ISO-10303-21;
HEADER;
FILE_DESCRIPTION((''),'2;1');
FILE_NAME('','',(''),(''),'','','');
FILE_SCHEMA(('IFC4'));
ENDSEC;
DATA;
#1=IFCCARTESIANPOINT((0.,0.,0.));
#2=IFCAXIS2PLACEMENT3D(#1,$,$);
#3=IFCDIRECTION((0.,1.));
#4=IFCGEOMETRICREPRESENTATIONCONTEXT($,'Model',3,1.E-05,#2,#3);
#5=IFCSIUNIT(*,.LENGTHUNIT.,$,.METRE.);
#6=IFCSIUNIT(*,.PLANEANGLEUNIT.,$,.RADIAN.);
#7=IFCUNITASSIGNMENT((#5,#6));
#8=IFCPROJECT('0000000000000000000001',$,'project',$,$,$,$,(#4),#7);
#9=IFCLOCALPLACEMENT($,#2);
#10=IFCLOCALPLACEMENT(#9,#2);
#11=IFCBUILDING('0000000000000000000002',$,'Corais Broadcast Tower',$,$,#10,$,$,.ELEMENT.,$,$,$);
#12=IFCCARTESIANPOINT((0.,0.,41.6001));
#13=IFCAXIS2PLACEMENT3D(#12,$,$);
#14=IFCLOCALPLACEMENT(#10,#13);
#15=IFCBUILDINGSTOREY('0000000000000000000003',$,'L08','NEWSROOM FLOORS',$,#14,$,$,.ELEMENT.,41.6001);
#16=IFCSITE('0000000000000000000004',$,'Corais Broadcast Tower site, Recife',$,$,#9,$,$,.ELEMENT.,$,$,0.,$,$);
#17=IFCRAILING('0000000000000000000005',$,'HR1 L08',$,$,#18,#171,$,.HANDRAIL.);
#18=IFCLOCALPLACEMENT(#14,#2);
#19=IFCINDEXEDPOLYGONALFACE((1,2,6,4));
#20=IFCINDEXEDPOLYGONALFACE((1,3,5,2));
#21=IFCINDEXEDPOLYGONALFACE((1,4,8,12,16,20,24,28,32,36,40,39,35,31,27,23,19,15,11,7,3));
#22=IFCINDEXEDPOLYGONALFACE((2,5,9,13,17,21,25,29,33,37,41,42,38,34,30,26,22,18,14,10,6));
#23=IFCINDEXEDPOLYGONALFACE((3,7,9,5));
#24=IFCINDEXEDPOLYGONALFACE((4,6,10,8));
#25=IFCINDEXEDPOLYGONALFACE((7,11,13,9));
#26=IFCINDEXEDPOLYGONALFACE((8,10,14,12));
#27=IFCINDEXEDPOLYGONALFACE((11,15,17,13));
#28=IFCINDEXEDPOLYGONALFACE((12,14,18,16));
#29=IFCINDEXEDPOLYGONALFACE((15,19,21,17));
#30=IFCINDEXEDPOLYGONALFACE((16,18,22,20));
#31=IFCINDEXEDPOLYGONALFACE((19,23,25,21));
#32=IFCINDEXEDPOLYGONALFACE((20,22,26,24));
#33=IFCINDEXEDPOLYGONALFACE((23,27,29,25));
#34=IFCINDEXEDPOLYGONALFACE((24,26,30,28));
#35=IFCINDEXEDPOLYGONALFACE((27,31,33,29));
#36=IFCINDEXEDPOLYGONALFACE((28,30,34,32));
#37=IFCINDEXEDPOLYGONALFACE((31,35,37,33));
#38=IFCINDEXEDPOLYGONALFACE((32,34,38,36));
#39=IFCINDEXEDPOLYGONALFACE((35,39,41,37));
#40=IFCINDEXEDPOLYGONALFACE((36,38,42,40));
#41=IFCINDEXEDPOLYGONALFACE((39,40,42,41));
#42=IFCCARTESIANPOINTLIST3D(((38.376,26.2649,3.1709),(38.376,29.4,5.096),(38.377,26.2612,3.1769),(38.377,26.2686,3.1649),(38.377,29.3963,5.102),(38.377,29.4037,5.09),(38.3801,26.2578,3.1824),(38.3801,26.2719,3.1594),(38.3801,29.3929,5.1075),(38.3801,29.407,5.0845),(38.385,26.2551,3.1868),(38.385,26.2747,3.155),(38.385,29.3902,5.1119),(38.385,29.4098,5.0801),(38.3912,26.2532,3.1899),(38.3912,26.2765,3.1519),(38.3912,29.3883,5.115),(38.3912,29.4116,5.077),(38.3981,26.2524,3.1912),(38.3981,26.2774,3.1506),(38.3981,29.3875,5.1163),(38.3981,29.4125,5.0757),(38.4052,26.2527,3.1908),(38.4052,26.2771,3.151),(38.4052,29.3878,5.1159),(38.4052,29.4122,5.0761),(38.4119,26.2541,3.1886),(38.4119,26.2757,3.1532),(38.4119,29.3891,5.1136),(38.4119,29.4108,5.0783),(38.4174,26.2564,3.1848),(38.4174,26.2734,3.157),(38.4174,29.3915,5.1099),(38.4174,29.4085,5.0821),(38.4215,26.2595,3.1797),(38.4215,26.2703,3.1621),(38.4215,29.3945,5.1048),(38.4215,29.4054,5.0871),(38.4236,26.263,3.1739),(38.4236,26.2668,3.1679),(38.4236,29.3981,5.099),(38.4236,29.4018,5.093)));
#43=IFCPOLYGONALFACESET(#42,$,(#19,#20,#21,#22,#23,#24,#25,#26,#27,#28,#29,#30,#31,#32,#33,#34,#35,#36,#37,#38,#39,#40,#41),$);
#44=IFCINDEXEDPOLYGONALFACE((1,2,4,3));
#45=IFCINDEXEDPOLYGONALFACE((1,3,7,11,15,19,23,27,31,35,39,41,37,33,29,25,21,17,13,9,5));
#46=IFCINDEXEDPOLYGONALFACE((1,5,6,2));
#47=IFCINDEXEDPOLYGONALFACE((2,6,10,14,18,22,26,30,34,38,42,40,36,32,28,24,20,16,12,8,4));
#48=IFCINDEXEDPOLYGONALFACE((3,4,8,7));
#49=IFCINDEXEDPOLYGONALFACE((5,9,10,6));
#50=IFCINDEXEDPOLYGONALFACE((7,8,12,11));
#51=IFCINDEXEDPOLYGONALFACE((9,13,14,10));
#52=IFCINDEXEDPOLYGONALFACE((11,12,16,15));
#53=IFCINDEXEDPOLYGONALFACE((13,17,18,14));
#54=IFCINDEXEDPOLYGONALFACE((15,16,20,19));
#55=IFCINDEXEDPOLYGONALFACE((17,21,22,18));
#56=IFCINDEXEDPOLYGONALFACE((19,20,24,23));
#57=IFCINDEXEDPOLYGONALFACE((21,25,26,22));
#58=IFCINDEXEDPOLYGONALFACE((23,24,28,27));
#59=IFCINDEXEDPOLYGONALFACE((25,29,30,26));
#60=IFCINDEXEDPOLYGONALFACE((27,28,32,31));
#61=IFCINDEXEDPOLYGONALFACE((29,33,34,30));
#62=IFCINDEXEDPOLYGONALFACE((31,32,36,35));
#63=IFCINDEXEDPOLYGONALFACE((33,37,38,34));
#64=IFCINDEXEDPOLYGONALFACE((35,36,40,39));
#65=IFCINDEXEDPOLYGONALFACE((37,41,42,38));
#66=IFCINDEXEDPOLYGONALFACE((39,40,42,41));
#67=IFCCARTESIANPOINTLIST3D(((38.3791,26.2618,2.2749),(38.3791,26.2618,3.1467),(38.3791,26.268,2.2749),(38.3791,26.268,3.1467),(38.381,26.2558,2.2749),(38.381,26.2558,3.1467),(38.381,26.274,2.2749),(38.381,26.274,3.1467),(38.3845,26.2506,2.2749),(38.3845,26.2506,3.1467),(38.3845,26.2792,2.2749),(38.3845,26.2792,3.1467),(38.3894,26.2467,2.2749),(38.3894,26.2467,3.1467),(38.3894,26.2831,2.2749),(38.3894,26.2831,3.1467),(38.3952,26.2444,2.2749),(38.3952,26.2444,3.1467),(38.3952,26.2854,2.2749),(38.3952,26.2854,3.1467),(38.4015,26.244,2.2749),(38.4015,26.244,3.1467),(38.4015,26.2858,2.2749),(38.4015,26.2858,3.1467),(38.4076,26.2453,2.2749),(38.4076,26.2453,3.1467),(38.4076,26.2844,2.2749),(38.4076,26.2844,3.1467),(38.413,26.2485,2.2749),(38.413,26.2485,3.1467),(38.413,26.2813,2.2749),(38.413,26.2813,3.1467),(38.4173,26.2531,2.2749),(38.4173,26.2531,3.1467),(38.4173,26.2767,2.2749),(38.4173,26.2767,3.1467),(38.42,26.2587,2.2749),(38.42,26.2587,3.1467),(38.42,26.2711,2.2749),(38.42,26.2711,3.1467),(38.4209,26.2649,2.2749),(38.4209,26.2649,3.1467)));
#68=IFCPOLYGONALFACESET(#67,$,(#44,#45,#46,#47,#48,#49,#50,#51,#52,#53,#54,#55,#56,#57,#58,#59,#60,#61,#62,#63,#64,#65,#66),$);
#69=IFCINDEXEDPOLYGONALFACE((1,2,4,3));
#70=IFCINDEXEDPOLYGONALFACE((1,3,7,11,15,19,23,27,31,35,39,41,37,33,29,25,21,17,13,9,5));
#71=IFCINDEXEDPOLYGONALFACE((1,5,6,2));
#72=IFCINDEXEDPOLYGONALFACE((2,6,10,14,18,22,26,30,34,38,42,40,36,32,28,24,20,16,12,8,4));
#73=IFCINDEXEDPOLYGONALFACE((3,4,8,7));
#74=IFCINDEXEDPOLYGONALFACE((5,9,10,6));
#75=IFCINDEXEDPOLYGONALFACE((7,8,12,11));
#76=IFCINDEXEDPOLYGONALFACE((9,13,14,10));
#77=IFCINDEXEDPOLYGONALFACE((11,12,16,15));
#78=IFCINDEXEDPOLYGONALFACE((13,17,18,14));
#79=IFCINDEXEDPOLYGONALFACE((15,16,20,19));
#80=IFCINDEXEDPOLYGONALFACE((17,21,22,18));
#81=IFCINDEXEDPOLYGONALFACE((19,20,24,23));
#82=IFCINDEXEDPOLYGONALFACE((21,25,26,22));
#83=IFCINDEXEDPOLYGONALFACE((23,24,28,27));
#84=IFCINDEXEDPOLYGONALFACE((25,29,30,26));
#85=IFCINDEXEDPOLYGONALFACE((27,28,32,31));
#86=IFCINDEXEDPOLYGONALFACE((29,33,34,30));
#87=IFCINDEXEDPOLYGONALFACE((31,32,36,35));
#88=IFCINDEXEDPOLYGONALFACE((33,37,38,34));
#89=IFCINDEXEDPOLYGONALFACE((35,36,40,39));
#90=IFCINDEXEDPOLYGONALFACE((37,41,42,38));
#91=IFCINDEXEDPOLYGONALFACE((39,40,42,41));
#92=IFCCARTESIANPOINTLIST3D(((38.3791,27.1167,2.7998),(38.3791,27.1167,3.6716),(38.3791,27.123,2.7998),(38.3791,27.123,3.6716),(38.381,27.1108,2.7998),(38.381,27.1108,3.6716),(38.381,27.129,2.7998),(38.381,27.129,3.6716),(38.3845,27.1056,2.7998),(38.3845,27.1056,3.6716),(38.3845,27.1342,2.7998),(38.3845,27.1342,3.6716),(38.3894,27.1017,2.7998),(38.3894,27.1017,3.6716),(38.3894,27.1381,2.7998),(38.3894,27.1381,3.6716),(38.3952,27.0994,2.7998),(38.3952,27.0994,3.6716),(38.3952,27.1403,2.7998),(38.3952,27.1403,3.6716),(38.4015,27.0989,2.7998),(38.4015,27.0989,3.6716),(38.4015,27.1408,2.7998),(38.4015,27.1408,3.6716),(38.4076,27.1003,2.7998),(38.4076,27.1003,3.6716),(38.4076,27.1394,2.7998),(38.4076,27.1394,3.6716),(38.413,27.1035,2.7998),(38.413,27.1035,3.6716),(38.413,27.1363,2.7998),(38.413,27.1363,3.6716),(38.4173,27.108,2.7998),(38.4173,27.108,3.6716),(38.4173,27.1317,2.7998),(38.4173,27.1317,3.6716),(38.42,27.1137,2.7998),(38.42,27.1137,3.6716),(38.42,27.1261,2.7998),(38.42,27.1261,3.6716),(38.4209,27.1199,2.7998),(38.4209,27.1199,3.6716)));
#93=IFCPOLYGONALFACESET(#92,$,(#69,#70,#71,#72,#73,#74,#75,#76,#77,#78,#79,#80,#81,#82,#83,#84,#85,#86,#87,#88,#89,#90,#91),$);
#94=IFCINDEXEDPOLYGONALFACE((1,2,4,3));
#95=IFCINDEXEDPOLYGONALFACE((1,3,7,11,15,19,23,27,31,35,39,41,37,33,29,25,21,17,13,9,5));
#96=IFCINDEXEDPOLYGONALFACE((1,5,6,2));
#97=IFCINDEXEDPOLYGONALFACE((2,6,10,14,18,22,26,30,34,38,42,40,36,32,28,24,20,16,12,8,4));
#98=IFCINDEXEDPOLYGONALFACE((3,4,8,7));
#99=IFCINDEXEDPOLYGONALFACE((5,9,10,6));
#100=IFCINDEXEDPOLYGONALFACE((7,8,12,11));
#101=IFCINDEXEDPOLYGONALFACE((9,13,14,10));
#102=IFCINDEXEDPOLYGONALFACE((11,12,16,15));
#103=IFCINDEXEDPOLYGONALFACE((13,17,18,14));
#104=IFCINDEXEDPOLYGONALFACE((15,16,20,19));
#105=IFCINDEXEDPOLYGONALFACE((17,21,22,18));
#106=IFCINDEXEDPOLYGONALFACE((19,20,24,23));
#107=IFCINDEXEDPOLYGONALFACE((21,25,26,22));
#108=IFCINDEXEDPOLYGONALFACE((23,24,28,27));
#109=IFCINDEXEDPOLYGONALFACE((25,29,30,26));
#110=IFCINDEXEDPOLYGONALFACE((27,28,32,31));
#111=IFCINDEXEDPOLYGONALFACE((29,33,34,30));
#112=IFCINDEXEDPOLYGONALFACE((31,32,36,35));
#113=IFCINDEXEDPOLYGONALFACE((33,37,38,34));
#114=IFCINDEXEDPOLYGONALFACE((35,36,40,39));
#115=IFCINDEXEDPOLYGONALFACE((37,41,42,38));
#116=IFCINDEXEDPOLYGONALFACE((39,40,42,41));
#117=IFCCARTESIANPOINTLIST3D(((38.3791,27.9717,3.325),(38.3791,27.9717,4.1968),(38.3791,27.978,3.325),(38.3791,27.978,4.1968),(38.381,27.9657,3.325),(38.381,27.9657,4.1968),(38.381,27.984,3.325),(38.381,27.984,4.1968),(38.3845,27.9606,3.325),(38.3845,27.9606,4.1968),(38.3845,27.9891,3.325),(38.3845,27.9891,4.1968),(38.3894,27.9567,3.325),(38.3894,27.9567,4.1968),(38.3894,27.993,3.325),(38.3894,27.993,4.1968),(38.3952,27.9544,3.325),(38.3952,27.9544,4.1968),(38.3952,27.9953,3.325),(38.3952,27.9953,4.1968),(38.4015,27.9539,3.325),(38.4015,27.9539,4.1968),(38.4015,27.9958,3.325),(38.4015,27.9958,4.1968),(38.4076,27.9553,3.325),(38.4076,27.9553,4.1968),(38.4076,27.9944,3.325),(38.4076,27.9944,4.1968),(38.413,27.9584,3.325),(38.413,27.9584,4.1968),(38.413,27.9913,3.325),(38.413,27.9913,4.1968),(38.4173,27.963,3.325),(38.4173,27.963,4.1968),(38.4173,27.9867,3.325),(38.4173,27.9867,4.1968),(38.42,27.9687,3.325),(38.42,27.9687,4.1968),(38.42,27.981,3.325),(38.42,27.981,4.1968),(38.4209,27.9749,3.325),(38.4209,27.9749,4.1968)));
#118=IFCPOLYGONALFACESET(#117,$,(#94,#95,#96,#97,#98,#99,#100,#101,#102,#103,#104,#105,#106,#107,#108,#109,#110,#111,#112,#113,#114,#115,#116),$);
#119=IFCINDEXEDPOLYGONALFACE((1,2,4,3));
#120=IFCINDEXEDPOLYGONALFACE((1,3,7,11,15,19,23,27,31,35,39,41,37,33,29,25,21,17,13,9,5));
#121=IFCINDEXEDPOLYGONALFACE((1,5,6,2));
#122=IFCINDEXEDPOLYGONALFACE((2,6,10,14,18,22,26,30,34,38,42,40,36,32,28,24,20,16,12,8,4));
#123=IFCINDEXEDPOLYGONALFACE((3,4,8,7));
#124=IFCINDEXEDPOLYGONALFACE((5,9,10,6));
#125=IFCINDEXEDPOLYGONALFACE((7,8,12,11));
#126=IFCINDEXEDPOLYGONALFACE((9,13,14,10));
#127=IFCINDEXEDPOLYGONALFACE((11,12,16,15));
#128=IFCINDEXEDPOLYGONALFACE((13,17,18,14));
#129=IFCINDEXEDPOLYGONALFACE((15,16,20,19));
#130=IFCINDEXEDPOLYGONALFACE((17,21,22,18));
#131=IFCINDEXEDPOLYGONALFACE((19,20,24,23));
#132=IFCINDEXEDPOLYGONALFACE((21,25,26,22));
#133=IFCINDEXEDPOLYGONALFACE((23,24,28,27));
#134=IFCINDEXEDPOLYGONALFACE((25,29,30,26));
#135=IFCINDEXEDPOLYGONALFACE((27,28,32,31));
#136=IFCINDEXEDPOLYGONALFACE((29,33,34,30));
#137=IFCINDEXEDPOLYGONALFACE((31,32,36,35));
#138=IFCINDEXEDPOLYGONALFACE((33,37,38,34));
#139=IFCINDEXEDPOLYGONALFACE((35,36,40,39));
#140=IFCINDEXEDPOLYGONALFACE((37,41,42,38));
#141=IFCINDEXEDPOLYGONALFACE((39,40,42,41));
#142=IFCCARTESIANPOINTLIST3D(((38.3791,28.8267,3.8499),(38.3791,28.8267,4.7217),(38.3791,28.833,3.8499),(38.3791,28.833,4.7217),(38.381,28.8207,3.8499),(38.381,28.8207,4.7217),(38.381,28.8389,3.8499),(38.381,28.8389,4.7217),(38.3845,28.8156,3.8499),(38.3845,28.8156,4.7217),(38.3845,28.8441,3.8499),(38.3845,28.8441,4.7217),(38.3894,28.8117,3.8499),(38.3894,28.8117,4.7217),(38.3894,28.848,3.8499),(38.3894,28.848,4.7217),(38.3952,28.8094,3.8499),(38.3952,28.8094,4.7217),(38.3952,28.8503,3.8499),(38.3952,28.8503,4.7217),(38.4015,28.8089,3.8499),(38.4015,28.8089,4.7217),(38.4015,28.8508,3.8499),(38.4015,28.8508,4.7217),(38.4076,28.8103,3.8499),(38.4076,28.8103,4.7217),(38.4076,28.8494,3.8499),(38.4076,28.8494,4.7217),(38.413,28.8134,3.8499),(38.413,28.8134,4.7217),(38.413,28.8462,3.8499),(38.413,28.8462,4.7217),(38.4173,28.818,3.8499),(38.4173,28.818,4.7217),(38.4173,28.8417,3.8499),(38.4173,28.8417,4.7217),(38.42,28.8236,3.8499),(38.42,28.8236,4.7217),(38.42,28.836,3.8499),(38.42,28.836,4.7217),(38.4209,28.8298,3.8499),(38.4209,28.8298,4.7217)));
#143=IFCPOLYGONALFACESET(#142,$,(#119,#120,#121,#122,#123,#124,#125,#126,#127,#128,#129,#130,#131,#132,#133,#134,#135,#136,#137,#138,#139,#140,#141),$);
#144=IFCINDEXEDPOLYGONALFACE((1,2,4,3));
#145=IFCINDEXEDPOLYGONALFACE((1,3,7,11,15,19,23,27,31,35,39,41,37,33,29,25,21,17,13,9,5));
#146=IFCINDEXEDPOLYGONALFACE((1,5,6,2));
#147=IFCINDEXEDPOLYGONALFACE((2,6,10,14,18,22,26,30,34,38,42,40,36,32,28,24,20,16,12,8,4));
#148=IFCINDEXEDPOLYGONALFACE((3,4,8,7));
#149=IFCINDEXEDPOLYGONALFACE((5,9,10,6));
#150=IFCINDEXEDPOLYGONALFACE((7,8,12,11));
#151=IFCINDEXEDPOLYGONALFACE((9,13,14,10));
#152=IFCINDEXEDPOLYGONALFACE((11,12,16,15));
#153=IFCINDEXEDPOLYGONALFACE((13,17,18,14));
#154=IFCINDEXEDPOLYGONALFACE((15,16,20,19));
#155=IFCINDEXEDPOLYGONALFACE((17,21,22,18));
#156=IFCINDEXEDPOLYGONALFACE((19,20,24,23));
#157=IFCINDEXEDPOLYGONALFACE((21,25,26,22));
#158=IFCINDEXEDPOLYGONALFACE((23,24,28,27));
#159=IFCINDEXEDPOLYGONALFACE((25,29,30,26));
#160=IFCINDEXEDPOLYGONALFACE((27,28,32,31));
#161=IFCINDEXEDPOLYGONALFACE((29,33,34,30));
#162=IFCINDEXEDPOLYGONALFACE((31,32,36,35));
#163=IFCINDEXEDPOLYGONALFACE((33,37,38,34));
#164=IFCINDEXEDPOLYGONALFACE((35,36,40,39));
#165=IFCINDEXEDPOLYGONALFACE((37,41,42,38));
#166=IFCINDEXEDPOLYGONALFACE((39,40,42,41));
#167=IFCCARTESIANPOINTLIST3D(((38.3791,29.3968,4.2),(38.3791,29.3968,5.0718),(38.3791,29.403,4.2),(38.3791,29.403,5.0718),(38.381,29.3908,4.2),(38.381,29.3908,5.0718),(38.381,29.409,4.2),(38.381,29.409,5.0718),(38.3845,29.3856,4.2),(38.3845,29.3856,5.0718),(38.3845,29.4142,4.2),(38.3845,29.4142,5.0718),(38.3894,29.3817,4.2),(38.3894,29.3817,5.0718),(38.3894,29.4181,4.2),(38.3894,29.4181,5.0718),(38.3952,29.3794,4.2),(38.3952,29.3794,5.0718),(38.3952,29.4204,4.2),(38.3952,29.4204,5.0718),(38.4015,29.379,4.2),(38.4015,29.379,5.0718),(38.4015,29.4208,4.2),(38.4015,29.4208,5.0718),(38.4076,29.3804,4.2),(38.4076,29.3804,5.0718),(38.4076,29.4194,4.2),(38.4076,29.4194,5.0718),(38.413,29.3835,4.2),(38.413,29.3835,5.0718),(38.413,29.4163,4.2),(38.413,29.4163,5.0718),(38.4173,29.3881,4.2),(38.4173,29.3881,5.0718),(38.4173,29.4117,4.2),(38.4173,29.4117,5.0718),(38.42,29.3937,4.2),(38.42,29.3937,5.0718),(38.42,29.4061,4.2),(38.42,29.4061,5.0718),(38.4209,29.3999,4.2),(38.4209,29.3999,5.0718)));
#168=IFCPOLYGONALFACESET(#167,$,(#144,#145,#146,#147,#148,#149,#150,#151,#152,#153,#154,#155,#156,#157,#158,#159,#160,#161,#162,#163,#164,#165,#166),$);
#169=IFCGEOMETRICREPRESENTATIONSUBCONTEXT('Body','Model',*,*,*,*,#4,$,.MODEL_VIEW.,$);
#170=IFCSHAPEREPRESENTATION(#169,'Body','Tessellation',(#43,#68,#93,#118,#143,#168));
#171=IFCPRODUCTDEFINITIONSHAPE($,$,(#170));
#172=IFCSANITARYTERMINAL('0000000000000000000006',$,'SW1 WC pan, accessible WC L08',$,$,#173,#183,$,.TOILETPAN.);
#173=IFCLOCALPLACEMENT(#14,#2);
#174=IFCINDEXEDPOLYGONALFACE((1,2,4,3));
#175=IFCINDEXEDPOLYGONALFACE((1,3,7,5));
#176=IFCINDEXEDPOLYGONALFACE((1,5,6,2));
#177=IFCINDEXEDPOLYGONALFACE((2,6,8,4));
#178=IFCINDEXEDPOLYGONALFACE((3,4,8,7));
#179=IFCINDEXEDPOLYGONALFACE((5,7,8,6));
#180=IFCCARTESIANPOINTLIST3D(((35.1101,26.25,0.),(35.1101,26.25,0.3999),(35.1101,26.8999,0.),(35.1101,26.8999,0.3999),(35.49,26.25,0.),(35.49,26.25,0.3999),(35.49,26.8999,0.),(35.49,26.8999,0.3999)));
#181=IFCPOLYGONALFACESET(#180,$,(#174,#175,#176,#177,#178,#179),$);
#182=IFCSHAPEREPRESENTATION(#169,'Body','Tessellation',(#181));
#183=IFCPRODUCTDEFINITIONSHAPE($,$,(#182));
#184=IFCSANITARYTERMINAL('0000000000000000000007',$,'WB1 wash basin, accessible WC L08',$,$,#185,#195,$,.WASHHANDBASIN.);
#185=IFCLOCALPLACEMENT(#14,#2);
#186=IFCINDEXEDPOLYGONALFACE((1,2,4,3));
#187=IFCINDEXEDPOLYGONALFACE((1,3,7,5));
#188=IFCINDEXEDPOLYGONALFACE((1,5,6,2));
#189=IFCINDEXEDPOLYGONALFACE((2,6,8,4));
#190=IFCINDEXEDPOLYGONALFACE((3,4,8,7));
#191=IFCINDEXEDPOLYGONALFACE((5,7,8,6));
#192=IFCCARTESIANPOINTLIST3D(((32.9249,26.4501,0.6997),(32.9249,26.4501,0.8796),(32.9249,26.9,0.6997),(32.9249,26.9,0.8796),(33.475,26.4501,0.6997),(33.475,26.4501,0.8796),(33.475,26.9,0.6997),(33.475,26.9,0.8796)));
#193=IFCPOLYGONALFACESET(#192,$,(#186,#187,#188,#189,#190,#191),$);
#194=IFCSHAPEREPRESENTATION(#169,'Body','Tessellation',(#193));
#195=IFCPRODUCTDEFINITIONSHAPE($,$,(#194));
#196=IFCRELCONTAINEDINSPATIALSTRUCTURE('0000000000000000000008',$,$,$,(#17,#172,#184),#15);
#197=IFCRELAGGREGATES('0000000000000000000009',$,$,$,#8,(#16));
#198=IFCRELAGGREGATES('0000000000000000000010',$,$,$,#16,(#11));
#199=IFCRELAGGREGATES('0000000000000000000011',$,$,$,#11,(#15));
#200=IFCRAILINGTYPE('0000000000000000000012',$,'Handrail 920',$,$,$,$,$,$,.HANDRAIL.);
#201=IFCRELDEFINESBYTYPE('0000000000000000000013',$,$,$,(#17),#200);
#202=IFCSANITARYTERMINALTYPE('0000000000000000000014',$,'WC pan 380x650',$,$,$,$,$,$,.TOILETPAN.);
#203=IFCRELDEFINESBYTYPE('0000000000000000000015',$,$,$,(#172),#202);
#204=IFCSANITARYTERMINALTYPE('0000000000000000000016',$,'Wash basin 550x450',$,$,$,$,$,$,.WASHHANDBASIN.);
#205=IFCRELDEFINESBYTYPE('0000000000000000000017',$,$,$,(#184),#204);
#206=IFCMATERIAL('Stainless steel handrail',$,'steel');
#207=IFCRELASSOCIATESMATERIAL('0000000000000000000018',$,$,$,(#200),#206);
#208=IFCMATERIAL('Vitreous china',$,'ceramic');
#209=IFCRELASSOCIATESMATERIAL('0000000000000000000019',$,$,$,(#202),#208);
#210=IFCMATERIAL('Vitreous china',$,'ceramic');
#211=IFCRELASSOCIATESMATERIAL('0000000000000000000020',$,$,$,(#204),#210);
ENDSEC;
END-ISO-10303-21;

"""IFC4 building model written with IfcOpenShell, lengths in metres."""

from ifc_helpers import new_model, si_unit, direction, frame, origin, origin_2d, place, context, subcontext, project, spatial, rectangle, circle, extrude, material, type_object, element, save


model = new_model("IFC4")

# Units and contexts
model_context = context("Model", 3, precision=1e-05, world=origin(), true_north=direction((0.0, 1.0)))
body_context = subcontext(model_context, "Body", "Model", "MODEL_VIEW")
ifc_project = project(units=[si_unit("LENGTHUNIT", "METRE"), si_unit("PLANEANGLEUNIT", "RADIAN")], contexts=[model_context])

# Site, building, storey
site_placement = place(None, origin())
site = spatial("IfcSite", under=ifc_project, at=site_placement, Name="Corais Broadcast Tower site, Recife", CompositionType="ELEMENT", RefElevation=0.0)
building_placement = place(site_placement, origin())
building = spatial("IfcBuilding", under=site, at=building_placement, Name="Corais Broadcast Tower", CompositionType="ELEMENT")
storey_placement = place(building_placement, frame((0.0, 0.0, 41.6001)))
storey = spatial("IfcBuildingStorey", under=building, at=storey_placement, Name="L08", Description="NEWSROOM FLOORS", CompositionType="ELEMENT", Elevation=41.6001)

# Railing
ifc_material_1 = material(Name="Stainless steel handrail", Category="steel")
railing_type_1 = type_object("IfcRailingType", Name="Handrail 920", PredefinedType="HANDRAIL", material=ifc_material_1)
for number, where, name in (
    (1, (38.3999, 26.2649, 2.2749), "HR1 L08"),
):
    element("IfcRailing", number, at=place(storey_placement, frame(where)), inside=storey, type_object=railing_type_1, Name=name, PredefinedType="HANDRAIL", context=body_context, shape_type="SweptSolid", body=[
        extrude(circle(Radius=0.0239, at=origin_2d()), frame((0.0, 0.0, 0.896), z_axis=(0.0, 0.852166, 0.523271), x_axis=(-1.0, 0.0, 0.0)), (0.0, 0.0, 1.0), 3.679),
        extrude(circle(Radius=0.021, at=origin_2d()), origin(), (0.0, 0.0, 1.0), 0.8718),
        extrude(circle(Radius=0.021, at=origin_2d()), frame((0.0, 0.855, 0.5249)), (0.0, 0.0, 1.0), 0.8718),
        extrude(circle(Radius=0.021, at=origin_2d()), frame((0.0, 1.71, 1.05)), (0.0, 0.0, 1.0), 0.8718),
        extrude(circle(Radius=0.021, at=origin_2d()), frame((0.0, 2.5649, 1.575)), (0.0, 0.0, 1.0), 0.8718),
        extrude(circle(Radius=0.021, at=origin_2d()), frame((0.0, 3.135, 1.925)), (0.0, 0.0, 1.0), 0.8718),
    ])

# Sanitary terminals
ifc_material_2 = material(Name="Vitreous china", Category="ceramic")
sanitary_terminal_type_1 = type_object("IfcSanitaryTerminalType", Name="WC pan 380x650", PredefinedType="TOILETPAN", material=ifc_material_2)
sanitary_terminal_1_placement = place(storey_placement, frame((35.3, 26.575, 0.0), z_axis=(0.0, 0.0, 1.0), x_axis=(1.0, 0.0, 0.0)))
element("IfcSanitaryTerminal", 2, at=sanitary_terminal_1_placement, inside=storey, type_object=sanitary_terminal_type_1, Name="SW1 WC pan, accessible WC L08", PredefinedType="TOILETPAN", context=body_context, shape_type="SweptSolid", body=[
    extrude(rectangle(XDim=0.3799, YDim=0.6499, at=origin_2d()), origin(), (0.0, 0.0, 1.0), 0.3999),
])
ifc_material_3 = material(Name="Vitreous china", Category="ceramic")
sanitary_terminal_type_2 = type_object("IfcSanitaryTerminalType", Name="Wash basin 550x450", PredefinedType="WASHHANDBASIN", material=ifc_material_3)
sanitary_terminal_2_placement = place(storey_placement, frame((33.2, 26.675, 0.6997), z_axis=(0.0, 0.0, 1.0), x_axis=(1.0, 0.0, 0.0)))
element("IfcSanitaryTerminal", 3, at=sanitary_terminal_2_placement, inside=storey, type_object=sanitary_terminal_type_2, Name="WB1 wash basin, accessible WC L08", PredefinedType="WASHHANDBASIN", context=body_context, shape_type="SweptSolid", body=[
    extrude(rectangle(XDim=0.55, YDim=0.45, at=origin_2d()), origin(), (0.0, 0.0, 1.0), 0.1799),
])

save(model, "model.ifc")
